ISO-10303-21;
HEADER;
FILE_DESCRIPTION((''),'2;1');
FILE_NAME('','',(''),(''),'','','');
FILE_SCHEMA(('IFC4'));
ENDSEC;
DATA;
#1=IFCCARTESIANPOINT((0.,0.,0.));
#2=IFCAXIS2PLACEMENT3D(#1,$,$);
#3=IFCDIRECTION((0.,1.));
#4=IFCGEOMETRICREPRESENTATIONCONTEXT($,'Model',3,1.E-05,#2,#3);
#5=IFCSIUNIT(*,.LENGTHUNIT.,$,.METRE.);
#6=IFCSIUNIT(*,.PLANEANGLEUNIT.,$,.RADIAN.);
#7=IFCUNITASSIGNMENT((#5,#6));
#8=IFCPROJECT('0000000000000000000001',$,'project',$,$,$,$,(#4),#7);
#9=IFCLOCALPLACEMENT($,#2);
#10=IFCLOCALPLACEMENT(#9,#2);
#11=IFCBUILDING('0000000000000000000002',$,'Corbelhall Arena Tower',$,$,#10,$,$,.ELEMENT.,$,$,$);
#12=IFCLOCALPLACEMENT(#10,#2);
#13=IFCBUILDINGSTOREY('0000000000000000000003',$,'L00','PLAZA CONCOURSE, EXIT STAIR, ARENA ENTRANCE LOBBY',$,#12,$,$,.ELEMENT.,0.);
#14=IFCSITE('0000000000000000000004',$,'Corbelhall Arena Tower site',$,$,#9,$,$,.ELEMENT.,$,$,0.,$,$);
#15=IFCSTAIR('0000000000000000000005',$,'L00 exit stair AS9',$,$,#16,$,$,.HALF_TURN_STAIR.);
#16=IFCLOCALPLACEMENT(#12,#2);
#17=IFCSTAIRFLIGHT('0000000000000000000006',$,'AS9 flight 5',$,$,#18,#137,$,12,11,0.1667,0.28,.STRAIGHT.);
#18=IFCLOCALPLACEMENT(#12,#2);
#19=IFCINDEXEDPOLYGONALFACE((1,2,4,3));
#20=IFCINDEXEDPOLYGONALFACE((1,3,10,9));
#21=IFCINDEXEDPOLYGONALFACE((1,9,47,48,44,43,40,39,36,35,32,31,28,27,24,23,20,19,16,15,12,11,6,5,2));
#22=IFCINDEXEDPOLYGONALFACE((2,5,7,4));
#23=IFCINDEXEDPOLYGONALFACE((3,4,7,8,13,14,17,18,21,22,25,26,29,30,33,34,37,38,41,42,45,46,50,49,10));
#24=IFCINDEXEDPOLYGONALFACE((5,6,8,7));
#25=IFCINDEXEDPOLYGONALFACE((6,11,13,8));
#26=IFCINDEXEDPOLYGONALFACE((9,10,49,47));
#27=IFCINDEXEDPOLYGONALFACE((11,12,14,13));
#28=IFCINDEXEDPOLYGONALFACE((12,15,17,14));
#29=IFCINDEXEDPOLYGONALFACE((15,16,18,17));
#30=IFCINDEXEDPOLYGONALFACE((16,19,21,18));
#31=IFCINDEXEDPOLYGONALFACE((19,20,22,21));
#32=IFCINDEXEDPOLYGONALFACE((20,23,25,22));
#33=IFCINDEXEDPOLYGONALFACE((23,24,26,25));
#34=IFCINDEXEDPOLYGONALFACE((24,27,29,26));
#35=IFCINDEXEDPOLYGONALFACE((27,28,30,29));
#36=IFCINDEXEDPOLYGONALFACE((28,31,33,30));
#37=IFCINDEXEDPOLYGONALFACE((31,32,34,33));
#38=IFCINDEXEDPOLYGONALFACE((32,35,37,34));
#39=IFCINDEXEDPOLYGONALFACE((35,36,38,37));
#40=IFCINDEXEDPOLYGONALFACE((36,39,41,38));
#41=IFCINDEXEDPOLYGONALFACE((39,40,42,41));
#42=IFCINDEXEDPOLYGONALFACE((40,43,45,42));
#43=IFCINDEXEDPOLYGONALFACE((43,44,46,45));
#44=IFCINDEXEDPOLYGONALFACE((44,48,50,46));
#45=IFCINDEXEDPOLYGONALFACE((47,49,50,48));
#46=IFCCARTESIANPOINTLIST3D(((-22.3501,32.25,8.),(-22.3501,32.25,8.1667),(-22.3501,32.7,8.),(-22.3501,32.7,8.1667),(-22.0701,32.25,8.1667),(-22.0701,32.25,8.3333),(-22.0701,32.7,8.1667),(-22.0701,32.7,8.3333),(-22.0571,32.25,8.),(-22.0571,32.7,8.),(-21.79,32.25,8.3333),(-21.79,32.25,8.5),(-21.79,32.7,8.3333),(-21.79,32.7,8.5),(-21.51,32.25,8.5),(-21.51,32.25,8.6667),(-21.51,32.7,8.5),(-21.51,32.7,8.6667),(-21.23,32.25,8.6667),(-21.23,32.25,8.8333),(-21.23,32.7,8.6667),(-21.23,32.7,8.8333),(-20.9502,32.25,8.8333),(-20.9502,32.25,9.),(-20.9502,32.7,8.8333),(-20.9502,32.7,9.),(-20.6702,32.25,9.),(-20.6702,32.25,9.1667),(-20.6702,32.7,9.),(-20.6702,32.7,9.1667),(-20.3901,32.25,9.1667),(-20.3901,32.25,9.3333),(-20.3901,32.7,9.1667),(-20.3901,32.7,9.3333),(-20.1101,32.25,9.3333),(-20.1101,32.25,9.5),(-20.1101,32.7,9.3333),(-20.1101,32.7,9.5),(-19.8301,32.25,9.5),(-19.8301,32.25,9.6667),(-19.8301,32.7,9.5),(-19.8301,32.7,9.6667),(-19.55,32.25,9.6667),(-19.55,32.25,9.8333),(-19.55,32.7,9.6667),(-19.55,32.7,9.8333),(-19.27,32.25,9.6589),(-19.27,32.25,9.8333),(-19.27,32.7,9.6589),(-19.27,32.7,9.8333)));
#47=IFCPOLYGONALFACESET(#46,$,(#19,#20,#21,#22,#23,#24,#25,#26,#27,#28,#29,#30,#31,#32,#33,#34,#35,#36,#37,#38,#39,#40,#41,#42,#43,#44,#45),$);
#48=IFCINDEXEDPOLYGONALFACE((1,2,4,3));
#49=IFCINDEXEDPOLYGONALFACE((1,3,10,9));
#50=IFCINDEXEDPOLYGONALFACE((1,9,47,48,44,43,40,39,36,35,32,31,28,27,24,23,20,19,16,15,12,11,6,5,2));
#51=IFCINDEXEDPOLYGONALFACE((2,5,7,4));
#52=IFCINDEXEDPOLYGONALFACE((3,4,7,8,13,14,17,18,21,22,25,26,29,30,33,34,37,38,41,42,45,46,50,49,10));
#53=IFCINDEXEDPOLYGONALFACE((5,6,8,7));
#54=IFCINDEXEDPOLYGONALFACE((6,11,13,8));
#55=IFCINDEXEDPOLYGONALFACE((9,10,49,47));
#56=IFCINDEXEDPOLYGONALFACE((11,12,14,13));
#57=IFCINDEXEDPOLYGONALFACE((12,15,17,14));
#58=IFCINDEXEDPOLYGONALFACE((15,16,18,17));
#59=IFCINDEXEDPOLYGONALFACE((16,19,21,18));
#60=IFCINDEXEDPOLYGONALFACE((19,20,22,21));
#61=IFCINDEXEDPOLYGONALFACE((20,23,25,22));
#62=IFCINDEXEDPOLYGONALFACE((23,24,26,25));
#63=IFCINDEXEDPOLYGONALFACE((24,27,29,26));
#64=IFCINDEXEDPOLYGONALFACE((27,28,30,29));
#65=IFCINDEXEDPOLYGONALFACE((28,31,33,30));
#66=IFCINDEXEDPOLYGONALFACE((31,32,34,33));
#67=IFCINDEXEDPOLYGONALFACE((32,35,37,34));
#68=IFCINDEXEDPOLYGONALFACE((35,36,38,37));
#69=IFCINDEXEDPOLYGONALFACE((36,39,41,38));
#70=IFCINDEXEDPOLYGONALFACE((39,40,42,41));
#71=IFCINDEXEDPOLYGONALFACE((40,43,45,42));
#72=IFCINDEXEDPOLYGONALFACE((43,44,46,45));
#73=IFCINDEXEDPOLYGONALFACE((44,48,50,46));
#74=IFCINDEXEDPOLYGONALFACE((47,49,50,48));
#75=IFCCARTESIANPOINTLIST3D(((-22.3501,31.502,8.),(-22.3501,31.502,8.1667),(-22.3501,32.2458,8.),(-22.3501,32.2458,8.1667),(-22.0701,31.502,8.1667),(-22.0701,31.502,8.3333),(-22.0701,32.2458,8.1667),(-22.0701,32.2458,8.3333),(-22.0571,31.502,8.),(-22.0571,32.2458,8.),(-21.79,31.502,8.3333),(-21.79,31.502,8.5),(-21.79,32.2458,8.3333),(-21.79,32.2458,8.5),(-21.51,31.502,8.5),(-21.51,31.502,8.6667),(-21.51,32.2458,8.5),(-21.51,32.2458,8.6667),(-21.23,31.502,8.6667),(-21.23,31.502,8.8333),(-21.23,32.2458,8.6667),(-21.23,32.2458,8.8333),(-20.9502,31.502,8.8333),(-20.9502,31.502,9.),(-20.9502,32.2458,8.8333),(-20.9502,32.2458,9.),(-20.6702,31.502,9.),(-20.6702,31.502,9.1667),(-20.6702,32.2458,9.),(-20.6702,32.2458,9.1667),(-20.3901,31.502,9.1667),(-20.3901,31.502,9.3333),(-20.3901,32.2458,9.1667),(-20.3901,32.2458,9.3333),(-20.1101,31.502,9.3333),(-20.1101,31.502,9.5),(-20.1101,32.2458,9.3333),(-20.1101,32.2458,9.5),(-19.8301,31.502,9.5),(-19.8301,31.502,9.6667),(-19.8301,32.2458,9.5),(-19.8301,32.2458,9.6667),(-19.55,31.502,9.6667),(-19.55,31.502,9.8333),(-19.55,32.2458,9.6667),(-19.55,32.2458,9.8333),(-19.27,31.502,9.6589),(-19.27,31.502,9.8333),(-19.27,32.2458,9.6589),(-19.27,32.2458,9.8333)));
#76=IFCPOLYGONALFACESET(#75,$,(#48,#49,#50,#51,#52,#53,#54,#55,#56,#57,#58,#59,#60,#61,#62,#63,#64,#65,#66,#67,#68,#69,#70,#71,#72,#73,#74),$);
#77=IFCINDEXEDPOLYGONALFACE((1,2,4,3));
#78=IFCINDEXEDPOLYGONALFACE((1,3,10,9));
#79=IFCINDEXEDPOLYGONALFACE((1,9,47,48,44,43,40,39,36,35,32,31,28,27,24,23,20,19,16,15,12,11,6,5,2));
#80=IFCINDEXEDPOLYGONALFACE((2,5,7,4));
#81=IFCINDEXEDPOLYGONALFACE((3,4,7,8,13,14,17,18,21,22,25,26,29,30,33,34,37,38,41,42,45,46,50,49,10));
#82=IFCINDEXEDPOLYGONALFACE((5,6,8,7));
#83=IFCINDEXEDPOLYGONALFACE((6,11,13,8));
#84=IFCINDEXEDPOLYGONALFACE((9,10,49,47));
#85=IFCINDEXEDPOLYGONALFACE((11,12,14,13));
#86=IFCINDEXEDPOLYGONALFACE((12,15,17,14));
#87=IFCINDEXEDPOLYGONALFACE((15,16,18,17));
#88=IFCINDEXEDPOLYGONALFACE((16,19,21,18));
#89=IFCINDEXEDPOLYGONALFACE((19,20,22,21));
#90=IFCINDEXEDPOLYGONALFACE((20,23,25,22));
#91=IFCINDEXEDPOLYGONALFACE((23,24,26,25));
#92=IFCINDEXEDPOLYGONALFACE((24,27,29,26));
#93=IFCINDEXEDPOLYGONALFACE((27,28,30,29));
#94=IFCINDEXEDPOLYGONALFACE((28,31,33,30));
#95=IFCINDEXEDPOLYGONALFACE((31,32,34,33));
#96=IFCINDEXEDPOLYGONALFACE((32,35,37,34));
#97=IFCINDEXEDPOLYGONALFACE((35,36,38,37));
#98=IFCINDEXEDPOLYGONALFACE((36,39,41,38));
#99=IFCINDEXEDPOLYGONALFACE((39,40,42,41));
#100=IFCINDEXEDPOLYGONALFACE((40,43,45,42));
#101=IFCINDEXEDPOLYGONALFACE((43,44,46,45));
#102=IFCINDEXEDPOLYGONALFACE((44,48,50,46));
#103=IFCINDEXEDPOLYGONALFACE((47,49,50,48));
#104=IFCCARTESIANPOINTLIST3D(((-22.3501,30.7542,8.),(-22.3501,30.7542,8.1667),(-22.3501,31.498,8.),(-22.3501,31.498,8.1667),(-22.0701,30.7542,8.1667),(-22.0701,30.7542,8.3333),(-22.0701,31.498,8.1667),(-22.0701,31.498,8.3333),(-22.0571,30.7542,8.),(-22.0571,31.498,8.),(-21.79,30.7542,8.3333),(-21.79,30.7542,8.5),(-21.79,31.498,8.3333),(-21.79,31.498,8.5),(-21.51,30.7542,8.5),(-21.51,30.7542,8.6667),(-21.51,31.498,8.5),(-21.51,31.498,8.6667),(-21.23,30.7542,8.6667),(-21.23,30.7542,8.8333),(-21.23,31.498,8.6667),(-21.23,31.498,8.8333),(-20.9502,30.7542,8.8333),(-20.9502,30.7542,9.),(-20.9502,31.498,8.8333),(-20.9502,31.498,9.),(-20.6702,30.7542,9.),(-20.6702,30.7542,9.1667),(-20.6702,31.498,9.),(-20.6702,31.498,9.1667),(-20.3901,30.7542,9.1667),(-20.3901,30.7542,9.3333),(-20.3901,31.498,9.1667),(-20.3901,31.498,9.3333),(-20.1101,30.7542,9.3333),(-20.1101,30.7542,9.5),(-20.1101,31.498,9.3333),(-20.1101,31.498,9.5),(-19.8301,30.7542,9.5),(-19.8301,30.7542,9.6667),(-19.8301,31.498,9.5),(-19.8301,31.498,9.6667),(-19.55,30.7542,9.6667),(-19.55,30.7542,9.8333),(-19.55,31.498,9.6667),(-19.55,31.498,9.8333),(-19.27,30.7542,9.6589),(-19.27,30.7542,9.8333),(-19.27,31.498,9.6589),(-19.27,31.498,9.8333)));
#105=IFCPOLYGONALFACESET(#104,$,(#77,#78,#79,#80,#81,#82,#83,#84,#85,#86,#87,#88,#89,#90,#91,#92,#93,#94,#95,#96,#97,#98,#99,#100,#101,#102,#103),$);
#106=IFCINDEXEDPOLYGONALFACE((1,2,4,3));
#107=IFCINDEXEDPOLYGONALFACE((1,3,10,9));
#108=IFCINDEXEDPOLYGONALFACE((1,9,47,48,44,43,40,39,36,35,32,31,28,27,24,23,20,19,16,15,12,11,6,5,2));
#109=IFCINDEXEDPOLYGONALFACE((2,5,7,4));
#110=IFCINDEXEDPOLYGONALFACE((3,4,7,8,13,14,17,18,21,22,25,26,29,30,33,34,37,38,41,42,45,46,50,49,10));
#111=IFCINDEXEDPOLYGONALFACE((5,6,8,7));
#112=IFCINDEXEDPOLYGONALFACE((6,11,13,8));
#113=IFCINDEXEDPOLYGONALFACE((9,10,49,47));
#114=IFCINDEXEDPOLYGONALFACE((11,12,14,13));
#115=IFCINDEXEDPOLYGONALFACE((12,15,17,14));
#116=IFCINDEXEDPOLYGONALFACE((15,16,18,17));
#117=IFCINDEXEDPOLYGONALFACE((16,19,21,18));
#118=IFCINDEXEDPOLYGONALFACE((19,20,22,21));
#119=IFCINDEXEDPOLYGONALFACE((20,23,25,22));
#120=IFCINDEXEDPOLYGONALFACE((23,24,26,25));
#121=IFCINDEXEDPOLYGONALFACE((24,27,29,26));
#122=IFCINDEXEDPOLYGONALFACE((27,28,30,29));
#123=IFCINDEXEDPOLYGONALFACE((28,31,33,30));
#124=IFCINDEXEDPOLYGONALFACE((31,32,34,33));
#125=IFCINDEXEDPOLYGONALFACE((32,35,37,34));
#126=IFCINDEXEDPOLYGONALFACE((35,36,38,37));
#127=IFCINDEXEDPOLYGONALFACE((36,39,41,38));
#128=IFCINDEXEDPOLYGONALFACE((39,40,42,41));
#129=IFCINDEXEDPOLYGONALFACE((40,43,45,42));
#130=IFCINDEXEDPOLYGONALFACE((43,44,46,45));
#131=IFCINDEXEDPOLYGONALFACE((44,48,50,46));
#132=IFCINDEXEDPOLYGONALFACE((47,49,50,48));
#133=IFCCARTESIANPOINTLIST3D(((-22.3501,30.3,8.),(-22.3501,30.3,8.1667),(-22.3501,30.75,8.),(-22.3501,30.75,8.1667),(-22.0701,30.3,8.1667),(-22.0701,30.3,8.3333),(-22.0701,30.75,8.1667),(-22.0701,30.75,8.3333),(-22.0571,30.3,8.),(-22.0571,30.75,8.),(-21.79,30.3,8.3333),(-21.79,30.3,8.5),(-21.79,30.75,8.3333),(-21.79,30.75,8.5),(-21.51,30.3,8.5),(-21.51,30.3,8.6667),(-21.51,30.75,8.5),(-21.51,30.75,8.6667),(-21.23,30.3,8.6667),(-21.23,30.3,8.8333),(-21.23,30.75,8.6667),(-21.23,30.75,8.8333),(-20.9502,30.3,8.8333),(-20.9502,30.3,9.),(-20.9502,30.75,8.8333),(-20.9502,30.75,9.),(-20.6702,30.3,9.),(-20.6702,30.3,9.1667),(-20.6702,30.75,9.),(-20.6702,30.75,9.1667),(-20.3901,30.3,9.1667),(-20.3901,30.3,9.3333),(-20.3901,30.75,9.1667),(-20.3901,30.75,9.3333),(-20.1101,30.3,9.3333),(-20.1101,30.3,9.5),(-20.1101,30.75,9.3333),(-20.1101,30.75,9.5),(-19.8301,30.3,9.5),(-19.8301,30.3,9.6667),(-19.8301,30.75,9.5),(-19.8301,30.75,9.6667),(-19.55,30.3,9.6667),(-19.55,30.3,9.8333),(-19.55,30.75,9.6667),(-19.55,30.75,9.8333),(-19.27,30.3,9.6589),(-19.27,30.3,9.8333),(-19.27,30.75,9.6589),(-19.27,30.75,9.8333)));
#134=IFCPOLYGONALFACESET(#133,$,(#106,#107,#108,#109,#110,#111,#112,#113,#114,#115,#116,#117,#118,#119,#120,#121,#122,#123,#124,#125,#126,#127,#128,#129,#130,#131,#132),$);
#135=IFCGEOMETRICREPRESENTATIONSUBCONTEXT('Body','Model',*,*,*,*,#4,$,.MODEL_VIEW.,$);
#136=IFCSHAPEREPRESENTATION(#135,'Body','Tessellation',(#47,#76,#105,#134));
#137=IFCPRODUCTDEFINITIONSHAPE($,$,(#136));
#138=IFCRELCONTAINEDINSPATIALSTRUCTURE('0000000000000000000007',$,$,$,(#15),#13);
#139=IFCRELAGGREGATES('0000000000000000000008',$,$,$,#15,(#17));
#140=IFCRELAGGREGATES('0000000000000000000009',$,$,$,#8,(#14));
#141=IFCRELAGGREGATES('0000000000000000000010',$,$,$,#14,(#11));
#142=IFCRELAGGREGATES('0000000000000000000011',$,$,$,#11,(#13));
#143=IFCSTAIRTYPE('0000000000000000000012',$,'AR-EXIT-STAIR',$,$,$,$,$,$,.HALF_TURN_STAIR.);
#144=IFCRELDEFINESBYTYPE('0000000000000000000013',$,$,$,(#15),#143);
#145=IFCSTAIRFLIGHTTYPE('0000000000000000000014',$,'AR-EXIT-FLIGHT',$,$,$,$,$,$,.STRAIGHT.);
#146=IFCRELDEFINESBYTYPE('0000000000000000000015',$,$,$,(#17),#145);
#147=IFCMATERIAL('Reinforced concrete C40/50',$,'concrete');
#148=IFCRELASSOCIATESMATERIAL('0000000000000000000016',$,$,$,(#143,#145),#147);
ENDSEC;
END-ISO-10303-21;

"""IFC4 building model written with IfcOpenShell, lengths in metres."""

from ifc_helpers import new_model, si_unit, direction, frame, origin, place, context, subcontext, project, spatial, polyline, outline, extrude, material, type_object, element, aggregate, save


model = new_model("IFC4")

# Units and contexts
model_context = context("Model", 3, precision=1e-05, world=origin(), true_north=direction((0.0, 1.0)))
body_context = subcontext(model_context, "Body", "Model", "MODEL_VIEW")
ifc_project = project(units=[si_unit("LENGTHUNIT", "METRE"), si_unit("PLANEANGLEUNIT", "RADIAN")], contexts=[model_context])

# Site, building, storey
site_placement = place(None, origin())
site = spatial("IfcSite", under=ifc_project, at=site_placement, Name="Corbelhall Arena Tower site", CompositionType="ELEMENT", RefElevation=0.0)
building_placement = place(site_placement, origin())
building = spatial("IfcBuilding", under=site, at=building_placement, Name="Corbelhall Arena Tower", CompositionType="ELEMENT")
storey_placement = place(building_placement, origin())
storey = spatial("IfcBuildingStorey", under=building, at=storey_placement, Name="L00", Description="PLAZA CONCOURSE, EXIT STAIR, ARENA ENTRANCE LOBBY", CompositionType="ELEMENT", Elevation=0.0)

# Shared definitions
ifc_material_1 = material(Name="Reinforced concrete C40/50", Category="concrete")

# Stair, stair flight
stair_type = type_object("IfcStairType", Name="AR-EXIT-STAIR", PredefinedType="HALF_TURN_STAIR", material=ifc_material_1)
stair_placement = place(storey_placement, origin())
stair = element("IfcStair", 1, at=stair_placement, inside=storey, type_object=stair_type, Name="L00 exit stair AS9", PredefinedType="HALF_TURN_STAIR")
stair_flight_type = type_object("IfcStairFlightType", Name="AR-EXIT-FLIGHT", PredefinedType="STRAIGHT", material=ifc_material_1)
stair_flight_1_placement = place(storey_placement, frame((-22.3501, 31.5, 8.0), z_axis=(0.0, 0.0, 1.0), x_axis=(1.0, 0.0, 0.0)))
stair_flight_1 = element("IfcStairFlight", 2, at=stair_flight_1_placement, type_object=stair_flight_type, Name="AS9 flight 5", NumberOfRisers=12, NumberOfTreads=11, PredefinedType="STRAIGHT", RiserHeight=0.1667, TreadLength=0.28, context=body_context, shape_type="SweptSolid", body=[
    extrude(outline(polyline([(0.0, 0.0), (0.0, 0.1667), (0.28, 0.1667), (0.28, 0.3333), (0.5601, 0.3333), (0.5601, 0.5), (0.8401, 0.5), (0.8401, 0.6667), (1.1201, 0.6667), (1.1201, 0.8333), (1.3999, 0.8333), (1.3999, 1.0), (1.6799, 1.0), (1.6799, 1.1667), (1.96, 1.1667), (1.96, 1.3333), (2.24, 1.3333), (2.24, 1.5), (2.52, 1.5), (2.52, 1.6667), (2.8, 1.6667), (2.8, 1.8333), (3.0801, 1.8333), (3.0801, 2.0), (3.0801, 1.6589), (0.293, 0.0), (0.0, 0.0)])), frame((0.0, 1.2, 0.0), z_axis=(0.0, -1.0, 0.0), x_axis=(1.0, 0.0, 0.0)), (0.0, 0.0, 1.0), 0.45),
    extrude(outline(polyline([(0.0, 0.0), (0.0, 0.1667), (0.28, 0.1667), (0.28, 0.3333), (0.5601, 0.3333), (0.5601, 0.5), (0.8401, 0.5), (0.8401, 0.6667), (1.1201, 0.6667), (1.1201, 0.8333), (1.3999, 0.8333), (1.3999, 1.0), (1.6799, 1.0), (1.6799, 1.1667), (1.96, 1.1667), (1.96, 1.3333), (2.24, 1.3333), (2.24, 1.5), (2.52, 1.5), (2.52, 1.6667), (2.8, 1.6667), (2.8, 1.8333), (3.0801, 1.8333), (3.0801, 2.0), (3.0801, 1.6589), (0.293, 0.0), (0.0, 0.0)])), frame((0.0, 0.7458, 0.0), z_axis=(0.0, -1.0, 0.0), x_axis=(1.0, 0.0, 0.0)), (0.0, 0.0, 1.0), 0.7439),
    extrude(outline(polyline([(0.0, 0.0), (0.0, 0.1667), (0.28, 0.1667), (0.28, 0.3333), (0.5601, 0.3333), (0.5601, 0.5), (0.8401, 0.5), (0.8401, 0.6667), (1.1201, 0.6667), (1.1201, 0.8333), (1.3999, 0.8333), (1.3999, 1.0), (1.6799, 1.0), (1.6799, 1.1667), (1.96, 1.1667), (1.96, 1.3333), (2.24, 1.3333), (2.24, 1.5), (2.52, 1.5), (2.52, 1.6667), (2.8, 1.6667), (2.8, 1.8333), (3.0801, 1.8333), (3.0801, 2.0), (3.0801, 1.6589), (0.293, 0.0), (0.0, 0.0)])), frame((0.0, -0.002, 0.0), z_axis=(0.0, -1.0, 0.0), x_axis=(1.0, 0.0, 0.0)), (0.0, 0.0, 1.0), 0.7439),
    extrude(outline(polyline([(0.0, 0.0), (0.0, 0.1667), (0.28, 0.1667), (0.28, 0.3333), (0.5601, 0.3333), (0.5601, 0.5), (0.8401, 0.5), (0.8401, 0.6667), (1.1201, 0.6667), (1.1201, 0.8333), (1.3999, 0.8333), (1.3999, 1.0), (1.6799, 1.0), (1.6799, 1.1667), (1.96, 1.1667), (1.96, 1.3333), (2.24, 1.3333), (2.24, 1.5), (2.52, 1.5), (2.52, 1.6667), (2.8, 1.6667), (2.8, 1.8333), (3.0801, 1.8333), (3.0801, 2.0), (3.0801, 1.6589), (0.293, 0.0), (0.0, 0.0)])), frame((0.0, -0.75, 0.0), z_axis=(0.0, -1.0, 0.0), x_axis=(1.0, 0.0, 0.0)), (0.0, 0.0, 1.0), 0.45),
])
aggregate(stair, [stair_flight_1])

save(model, "model.ifc")
